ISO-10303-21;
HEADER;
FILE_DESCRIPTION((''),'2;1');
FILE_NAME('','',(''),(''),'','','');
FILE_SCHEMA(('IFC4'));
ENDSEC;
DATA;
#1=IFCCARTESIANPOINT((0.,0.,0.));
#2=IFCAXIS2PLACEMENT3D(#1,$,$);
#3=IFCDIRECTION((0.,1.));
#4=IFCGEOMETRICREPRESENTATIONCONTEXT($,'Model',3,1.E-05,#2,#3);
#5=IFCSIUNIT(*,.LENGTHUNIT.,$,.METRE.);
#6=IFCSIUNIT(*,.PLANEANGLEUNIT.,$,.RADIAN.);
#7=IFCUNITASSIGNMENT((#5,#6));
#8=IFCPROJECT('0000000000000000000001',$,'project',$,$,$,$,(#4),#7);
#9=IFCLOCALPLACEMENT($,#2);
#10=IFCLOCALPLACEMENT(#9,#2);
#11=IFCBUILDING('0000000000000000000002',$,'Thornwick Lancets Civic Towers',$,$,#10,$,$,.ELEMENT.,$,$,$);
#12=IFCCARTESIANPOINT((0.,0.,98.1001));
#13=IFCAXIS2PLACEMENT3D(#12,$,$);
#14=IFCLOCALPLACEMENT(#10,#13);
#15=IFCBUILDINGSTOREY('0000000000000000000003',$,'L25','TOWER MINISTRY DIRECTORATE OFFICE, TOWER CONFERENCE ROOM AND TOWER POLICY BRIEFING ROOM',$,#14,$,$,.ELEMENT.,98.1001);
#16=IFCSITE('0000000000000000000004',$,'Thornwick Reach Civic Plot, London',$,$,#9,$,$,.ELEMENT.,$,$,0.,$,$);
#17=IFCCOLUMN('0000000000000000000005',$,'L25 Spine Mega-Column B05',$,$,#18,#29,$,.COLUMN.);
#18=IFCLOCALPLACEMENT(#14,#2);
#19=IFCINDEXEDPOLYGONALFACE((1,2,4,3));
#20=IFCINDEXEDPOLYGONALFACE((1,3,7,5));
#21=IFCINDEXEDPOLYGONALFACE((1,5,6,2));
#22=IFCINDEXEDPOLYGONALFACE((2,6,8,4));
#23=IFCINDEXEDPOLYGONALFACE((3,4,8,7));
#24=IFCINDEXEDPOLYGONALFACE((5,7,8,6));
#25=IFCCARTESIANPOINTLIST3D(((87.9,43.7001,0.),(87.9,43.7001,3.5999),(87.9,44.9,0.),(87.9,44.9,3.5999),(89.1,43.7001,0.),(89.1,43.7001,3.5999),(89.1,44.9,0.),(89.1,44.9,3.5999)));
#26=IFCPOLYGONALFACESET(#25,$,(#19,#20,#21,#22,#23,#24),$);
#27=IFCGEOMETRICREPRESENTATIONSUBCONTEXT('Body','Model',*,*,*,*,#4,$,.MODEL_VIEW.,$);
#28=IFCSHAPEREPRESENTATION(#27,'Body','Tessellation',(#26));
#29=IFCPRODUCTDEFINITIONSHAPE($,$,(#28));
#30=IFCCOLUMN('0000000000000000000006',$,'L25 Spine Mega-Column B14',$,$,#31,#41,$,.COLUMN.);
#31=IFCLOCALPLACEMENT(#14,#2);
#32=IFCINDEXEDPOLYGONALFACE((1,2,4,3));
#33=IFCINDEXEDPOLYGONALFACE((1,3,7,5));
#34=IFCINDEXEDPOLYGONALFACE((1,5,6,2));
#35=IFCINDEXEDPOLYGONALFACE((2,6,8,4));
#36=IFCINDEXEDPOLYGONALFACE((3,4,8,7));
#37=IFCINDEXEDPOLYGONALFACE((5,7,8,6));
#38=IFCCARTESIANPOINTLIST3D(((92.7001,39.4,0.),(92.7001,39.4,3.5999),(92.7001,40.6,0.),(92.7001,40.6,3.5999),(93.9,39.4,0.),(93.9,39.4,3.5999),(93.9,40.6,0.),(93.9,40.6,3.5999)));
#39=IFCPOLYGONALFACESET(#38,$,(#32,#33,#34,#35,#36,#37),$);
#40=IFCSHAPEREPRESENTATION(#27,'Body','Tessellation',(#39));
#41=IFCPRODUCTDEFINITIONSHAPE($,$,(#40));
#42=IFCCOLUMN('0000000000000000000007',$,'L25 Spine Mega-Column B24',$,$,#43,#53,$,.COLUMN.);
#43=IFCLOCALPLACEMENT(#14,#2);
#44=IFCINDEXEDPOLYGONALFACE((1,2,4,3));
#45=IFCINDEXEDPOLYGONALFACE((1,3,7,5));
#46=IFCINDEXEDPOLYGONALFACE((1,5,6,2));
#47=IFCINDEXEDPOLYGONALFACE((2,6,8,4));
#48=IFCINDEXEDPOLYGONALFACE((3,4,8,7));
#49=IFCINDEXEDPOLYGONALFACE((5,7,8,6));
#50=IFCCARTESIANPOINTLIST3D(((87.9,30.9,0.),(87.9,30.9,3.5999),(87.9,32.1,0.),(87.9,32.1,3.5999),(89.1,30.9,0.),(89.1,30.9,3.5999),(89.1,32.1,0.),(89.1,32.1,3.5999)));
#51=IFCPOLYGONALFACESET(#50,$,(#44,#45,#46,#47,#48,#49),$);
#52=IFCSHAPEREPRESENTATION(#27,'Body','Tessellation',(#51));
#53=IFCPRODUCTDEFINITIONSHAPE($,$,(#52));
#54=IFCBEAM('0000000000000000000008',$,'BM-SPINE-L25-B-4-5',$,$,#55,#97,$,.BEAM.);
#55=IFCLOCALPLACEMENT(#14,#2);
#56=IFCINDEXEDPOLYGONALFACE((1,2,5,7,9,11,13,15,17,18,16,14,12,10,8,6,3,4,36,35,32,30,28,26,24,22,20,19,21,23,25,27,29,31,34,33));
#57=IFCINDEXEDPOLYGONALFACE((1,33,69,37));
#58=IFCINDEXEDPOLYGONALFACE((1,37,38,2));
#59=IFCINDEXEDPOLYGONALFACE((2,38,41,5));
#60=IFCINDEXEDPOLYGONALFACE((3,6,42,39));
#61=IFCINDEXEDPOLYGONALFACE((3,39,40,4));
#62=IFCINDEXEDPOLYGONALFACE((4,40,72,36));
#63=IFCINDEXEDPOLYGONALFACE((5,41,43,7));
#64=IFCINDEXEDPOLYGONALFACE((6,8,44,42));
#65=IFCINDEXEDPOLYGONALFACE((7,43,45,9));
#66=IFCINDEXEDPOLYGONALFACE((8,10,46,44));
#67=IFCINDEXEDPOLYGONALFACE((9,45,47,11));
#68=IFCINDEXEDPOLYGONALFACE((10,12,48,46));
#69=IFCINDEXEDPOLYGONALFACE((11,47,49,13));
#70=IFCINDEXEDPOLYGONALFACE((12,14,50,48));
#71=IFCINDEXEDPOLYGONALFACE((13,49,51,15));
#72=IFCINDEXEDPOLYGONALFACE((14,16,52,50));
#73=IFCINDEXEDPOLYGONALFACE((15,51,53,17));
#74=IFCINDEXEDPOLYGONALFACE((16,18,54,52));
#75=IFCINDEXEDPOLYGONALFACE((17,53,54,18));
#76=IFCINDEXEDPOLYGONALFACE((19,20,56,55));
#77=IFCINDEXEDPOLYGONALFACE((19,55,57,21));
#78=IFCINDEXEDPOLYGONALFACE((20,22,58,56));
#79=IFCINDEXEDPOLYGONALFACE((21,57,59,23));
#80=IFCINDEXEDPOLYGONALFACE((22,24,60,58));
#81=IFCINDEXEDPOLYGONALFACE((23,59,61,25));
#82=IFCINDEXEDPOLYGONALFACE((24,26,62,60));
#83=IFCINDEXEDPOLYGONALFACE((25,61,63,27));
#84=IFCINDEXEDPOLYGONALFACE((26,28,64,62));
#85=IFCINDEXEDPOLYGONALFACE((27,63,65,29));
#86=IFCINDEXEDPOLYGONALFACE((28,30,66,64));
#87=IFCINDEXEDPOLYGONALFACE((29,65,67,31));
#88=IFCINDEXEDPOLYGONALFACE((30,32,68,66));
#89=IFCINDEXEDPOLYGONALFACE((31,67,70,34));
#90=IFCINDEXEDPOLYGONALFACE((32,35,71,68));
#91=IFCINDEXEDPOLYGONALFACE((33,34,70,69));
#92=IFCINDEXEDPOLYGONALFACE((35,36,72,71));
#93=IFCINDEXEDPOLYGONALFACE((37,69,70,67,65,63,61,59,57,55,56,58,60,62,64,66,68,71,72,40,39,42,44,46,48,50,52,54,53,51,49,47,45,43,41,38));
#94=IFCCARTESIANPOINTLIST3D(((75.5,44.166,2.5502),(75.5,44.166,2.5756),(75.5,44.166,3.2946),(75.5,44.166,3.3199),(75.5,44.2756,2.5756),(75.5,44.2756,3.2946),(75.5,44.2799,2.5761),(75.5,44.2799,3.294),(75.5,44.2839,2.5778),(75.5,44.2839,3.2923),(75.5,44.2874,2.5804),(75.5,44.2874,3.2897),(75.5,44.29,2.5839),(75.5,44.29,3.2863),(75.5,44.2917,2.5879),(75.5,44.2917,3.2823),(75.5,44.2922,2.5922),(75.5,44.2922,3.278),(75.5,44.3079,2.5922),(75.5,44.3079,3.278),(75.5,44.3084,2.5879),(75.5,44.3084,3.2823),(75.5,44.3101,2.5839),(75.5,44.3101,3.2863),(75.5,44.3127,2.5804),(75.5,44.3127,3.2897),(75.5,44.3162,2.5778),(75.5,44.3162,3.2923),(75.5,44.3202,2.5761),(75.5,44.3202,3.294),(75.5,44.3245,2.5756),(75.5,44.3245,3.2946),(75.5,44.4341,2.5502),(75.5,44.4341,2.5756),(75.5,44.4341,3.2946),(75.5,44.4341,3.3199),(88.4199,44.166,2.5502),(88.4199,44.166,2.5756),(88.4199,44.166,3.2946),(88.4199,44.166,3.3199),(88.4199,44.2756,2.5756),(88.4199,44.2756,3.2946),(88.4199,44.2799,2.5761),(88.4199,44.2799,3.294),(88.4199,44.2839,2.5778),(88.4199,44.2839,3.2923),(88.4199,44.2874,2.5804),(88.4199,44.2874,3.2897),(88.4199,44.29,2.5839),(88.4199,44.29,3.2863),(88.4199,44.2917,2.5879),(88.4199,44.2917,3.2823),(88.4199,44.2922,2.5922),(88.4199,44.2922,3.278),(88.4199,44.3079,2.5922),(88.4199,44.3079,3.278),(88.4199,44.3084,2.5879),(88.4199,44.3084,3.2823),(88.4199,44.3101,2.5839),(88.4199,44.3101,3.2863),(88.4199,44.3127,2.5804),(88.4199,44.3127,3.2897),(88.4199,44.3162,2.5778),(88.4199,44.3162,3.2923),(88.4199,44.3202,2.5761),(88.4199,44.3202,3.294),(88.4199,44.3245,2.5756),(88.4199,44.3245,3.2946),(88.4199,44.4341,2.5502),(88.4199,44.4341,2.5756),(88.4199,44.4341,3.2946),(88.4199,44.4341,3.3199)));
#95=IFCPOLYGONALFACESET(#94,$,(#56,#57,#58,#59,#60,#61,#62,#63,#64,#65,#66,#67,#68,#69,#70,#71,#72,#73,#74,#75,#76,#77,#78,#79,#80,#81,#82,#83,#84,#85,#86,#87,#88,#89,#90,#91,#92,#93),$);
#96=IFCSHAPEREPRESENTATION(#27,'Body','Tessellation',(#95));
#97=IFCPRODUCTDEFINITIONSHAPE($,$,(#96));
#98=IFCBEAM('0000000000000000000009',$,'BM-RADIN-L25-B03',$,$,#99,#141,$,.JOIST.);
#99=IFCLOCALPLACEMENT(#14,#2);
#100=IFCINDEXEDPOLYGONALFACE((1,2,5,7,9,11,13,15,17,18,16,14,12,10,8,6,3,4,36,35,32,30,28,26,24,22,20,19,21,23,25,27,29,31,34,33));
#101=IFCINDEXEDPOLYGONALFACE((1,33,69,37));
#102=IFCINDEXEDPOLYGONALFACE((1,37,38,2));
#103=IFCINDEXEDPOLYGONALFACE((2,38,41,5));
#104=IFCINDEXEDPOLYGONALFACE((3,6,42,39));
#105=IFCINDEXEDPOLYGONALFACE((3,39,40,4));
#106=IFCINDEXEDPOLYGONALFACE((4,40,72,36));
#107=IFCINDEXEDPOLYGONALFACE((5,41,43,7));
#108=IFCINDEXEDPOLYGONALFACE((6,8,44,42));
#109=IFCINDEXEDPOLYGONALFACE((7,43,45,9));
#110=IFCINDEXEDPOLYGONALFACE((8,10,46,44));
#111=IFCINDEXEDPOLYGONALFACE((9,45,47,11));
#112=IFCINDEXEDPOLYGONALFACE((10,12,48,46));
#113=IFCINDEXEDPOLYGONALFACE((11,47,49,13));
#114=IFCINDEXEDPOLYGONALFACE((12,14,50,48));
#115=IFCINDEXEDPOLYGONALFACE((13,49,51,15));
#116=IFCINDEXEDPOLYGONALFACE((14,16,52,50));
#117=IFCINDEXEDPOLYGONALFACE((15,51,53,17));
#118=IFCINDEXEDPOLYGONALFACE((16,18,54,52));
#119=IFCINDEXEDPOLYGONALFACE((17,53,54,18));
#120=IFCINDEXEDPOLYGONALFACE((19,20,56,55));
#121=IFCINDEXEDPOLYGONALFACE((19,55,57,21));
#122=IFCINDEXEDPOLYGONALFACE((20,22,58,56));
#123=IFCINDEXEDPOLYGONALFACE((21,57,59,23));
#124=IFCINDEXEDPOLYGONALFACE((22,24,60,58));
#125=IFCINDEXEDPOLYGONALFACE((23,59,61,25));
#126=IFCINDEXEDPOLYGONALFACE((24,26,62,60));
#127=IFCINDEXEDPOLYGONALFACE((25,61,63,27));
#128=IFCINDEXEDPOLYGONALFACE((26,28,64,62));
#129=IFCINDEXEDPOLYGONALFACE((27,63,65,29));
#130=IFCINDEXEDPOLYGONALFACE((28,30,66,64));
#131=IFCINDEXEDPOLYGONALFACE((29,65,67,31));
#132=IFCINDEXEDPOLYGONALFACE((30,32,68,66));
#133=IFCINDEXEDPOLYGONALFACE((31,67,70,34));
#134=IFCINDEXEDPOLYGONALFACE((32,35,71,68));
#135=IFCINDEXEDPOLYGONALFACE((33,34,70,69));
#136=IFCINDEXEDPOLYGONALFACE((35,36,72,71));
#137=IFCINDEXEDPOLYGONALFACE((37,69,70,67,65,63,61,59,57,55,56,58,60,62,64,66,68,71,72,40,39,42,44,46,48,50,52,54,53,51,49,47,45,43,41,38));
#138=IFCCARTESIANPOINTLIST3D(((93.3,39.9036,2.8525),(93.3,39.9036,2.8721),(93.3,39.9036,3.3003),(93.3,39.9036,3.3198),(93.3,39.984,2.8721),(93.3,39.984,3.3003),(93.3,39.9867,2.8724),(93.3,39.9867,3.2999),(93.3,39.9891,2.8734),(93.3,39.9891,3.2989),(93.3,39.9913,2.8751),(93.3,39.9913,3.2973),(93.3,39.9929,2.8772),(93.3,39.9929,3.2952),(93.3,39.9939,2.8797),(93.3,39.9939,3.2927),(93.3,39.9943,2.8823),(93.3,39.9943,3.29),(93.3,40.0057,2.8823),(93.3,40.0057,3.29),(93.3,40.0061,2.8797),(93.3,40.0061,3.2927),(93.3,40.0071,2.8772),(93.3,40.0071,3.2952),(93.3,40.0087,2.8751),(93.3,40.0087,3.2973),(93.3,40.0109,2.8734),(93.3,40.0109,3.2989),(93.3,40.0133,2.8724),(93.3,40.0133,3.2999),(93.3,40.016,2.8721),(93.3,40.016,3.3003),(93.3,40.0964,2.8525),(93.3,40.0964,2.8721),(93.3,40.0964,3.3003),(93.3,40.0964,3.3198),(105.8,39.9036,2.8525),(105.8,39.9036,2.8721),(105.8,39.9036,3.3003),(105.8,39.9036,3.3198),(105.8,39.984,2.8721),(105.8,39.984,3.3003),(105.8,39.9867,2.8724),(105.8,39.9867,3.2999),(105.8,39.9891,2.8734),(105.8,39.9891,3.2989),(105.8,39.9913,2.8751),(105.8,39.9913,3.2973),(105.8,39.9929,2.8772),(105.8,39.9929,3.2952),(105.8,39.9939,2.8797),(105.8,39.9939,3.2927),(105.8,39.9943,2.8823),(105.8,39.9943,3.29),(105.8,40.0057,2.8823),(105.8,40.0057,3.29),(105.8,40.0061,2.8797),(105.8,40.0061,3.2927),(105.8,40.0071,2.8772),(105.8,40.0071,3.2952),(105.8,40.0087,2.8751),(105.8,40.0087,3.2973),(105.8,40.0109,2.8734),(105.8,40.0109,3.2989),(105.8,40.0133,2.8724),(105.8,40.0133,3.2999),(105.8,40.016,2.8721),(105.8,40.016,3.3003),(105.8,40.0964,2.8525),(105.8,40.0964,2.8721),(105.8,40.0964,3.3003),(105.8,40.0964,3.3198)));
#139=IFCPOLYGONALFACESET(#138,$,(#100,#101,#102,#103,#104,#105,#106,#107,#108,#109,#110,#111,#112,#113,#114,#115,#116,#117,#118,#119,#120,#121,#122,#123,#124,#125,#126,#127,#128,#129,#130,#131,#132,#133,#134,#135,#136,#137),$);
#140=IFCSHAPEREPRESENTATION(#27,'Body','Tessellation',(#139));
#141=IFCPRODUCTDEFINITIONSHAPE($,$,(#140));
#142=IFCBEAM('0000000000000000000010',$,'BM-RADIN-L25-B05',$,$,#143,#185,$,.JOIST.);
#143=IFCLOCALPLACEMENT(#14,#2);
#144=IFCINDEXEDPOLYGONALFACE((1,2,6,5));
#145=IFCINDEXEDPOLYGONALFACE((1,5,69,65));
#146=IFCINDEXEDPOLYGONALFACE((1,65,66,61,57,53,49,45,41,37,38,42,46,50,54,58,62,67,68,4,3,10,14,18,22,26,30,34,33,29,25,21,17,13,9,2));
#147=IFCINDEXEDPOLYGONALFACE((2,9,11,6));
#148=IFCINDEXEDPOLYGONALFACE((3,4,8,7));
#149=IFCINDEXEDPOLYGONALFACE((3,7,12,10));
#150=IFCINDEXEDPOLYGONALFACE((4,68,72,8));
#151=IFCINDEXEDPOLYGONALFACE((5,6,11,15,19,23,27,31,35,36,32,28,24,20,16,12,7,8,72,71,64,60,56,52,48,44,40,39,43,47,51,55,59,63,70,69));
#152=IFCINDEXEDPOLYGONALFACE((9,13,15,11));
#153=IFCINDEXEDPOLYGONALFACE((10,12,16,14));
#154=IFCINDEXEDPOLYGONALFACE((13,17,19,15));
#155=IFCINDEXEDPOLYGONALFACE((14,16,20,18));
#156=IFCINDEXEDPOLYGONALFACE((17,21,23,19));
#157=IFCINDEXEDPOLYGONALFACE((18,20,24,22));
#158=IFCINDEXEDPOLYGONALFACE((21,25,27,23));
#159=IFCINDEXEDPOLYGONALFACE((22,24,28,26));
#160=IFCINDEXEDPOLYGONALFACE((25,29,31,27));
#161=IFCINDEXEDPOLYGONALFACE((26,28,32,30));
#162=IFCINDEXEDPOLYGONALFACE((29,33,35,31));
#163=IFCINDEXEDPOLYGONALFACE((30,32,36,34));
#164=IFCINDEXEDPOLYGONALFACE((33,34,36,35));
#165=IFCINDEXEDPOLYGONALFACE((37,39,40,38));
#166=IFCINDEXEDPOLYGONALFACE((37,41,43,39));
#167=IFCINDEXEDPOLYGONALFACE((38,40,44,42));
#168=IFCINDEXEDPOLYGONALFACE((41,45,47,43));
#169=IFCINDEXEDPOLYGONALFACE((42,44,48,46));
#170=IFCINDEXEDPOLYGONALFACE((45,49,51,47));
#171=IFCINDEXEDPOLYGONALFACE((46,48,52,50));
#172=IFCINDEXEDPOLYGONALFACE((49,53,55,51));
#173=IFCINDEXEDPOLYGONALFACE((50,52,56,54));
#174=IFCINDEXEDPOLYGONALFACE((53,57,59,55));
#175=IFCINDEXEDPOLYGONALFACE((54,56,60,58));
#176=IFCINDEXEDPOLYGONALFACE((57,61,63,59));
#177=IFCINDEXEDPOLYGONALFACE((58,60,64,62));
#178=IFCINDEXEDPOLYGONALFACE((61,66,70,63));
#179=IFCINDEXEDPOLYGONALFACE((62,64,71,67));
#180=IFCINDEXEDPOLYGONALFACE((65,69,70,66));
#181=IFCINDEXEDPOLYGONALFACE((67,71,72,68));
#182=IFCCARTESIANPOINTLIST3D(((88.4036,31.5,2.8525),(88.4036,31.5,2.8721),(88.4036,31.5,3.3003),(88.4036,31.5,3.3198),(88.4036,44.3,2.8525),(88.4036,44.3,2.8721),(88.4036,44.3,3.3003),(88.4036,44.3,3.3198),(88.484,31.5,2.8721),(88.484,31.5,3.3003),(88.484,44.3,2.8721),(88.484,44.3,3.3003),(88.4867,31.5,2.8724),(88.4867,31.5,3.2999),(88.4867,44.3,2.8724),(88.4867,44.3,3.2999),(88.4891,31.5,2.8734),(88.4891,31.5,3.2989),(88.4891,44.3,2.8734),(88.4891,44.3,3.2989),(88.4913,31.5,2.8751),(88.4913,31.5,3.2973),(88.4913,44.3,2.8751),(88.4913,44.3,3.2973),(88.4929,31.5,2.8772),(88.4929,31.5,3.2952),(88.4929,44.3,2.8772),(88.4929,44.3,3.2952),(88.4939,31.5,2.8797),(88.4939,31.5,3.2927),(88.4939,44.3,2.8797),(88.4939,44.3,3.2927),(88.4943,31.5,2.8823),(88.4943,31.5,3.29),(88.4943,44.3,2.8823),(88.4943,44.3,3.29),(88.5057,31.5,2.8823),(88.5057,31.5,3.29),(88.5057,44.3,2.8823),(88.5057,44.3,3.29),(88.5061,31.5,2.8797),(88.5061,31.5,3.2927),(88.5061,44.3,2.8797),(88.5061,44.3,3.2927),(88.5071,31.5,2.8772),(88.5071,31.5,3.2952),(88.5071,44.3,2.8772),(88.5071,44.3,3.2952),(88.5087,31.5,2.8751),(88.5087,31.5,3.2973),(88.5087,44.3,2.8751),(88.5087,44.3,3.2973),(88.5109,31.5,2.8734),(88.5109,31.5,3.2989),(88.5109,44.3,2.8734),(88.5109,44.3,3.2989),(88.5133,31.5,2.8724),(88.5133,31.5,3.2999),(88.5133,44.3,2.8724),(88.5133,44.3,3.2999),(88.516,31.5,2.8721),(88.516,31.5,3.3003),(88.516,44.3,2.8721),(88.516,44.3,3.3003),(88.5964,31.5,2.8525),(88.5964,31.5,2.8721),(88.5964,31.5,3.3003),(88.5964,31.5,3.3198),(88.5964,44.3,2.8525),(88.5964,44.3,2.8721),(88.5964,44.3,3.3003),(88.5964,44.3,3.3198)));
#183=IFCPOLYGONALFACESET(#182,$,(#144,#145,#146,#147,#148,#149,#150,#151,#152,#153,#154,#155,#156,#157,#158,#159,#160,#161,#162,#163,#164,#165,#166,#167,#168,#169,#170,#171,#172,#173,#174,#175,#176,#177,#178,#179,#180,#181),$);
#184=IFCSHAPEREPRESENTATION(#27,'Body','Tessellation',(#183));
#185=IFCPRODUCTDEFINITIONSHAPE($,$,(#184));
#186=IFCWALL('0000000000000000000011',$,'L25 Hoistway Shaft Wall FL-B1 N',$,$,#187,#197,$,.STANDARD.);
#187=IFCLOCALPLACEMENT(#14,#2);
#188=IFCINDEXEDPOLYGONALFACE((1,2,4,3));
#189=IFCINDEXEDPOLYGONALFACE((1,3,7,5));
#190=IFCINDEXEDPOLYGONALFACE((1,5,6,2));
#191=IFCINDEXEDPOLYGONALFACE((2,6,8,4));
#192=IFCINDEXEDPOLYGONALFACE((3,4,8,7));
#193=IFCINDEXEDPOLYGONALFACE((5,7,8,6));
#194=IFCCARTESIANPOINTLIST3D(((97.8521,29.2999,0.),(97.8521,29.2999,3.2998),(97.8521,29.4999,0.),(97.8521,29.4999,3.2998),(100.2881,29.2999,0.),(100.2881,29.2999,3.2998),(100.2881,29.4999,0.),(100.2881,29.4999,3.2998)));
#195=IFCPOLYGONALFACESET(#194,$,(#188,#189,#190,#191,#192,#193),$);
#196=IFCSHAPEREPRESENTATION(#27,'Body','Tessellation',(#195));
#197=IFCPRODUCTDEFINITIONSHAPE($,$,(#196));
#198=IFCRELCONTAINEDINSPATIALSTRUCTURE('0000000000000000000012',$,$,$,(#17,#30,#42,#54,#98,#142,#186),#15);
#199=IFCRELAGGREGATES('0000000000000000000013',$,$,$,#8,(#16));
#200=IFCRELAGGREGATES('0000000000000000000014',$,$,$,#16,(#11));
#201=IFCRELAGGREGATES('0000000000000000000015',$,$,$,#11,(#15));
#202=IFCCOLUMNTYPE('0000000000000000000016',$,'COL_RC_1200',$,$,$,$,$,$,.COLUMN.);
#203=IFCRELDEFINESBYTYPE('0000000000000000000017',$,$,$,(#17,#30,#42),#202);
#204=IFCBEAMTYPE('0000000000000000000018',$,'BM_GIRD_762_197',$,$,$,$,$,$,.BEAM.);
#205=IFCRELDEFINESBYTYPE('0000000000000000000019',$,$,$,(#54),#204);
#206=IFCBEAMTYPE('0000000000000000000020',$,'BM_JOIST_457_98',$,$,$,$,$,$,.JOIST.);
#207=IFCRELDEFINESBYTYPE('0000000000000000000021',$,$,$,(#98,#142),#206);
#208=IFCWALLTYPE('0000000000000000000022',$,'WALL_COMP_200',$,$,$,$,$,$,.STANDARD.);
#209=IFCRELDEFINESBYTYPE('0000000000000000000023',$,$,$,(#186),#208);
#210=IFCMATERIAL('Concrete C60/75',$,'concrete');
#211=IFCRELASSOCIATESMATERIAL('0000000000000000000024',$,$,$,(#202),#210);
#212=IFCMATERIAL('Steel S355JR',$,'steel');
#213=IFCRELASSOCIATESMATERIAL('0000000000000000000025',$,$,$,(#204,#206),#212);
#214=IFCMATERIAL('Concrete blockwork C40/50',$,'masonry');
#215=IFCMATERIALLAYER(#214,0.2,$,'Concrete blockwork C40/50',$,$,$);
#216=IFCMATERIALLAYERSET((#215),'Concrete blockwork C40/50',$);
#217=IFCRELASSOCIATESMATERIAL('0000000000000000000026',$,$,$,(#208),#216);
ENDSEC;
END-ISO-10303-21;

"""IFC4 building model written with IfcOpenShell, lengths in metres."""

from ifc_helpers import new_model, si_unit, direction, frame, frame_2d, origin, origin_2d, place, context, subcontext, project, spatial, rectangle, i_section, extrude, material, layer, layer_set, material_profile, profile_set, type_object, element, save


model = new_model("IFC4")

# Units and contexts
model_context = context("Model", 3, precision=1e-05, world=origin(), true_north=direction((0.0, 1.0)))
body_context = subcontext(model_context, "Body", "Model", "MODEL_VIEW")
ifc_project = project(units=[si_unit("LENGTHUNIT", "METRE"), si_unit("PLANEANGLEUNIT", "RADIAN")], contexts=[model_context])

# Site, building, storey
site_placement = place(None, origin())
site = spatial("IfcSite", under=ifc_project, at=site_placement, Name="Thornwick Reach Civic Plot, London", CompositionType="ELEMENT", RefElevation=0.0)
building_placement = place(site_placement, origin())
building = spatial("IfcBuilding", under=site, at=building_placement, Name="Thornwick Lancets Civic Towers", CompositionType="ELEMENT")
storey_placement = place(building_placement, frame((0.0, 0.0, 98.1001)))
storey = spatial("IfcBuildingStorey", under=building, at=storey_placement, Name="L25", Description="TOWER MINISTRY DIRECTORATE OFFICE, TOWER CONFERENCE ROOM AND TOWER POLICY BRIEFING ROOM", CompositionType="ELEMENT", Elevation=98.1001)

# Columns
ifc_material_1 = material(Name="Concrete C60/75", Category="concrete")
ifc_material_profile_1 = material_profile(ifc_material_1, rectangle(XDim=1.2, YDim=1.2, at=origin_2d()), Name="RC 1200x1200")
ifc_profile_set_1 = profile_set([ifc_material_profile_1], Name="Concrete C60/75")
column_type = type_object("IfcColumnType", Name="COL_RC_1200", PredefinedType="COLUMN", material=ifc_profile_set_1)
for number, where, z_axis, x_axis, name in (
    (1, (88.5, 44.3, 0.0), (0.0, 0.0, 1.0), (1.0, 0.0, 0.0), "L25 Spine Mega-Column B05"),
    (2, (93.3, 40.0, 0.0), (0.0, 0.0, 1.0), (1.0, 0.0, 0.0), "L25 Spine Mega-Column B14"),
    (3, (88.5, 31.5, 0.0), (0.0, 0.0, 1.0), (1.0, 0.0, 0.0), "L25 Spine Mega-Column B24"),
):
    element("IfcColumn", number, at=place(storey_placement, frame(where, z_axis=z_axis, x_axis=x_axis)), inside=storey, type_object=column_type, Name=name, PredefinedType="COLUMN", context=body_context, shape_type="SweptSolid", body=[
        extrude(rectangle(XDim=1.2, YDim=1.2, at=origin_2d()), origin(), (0.0, 0.0, 1.0), 3.5999),
    ])

# Beams
ifc_material_2 = material(Name="Steel S355JR", Category="steel")
ifc_material_profile_2 = material_profile(ifc_material_2, i_section(OverallWidth=0.2681, OverallDepth=0.7698, WebThickness=0.0156, FlangeThickness=0.0254, FilletRadius=0.0166, at=origin_2d()), Name="UKB 762x267x197")
ifc_profile_set_2 = profile_set([ifc_material_profile_2], Name="Steel S355JR")
beam_type_1 = type_object("IfcBeamType", Name="BM_GIRD_762_197", PredefinedType="BEAM", material=ifc_profile_set_2)
beam_1_placement = place(storey_placement, frame((88.4199, 44.3, 2.9351), z_axis=(-1.0, 0.0, 0.0), x_axis=(0.0, -1.0, 0.0)))
element("IfcBeam", 4, at=beam_1_placement, inside=storey, type_object=beam_type_1, Name="BM-SPINE-L25-B-4-5", PredefinedType="BEAM", context=body_context, shape_type="SweptSolid", body=[
    extrude(i_section(OverallWidth=0.2681, OverallDepth=0.7698, WebThickness=0.0156, FlangeThickness=0.0254, FilletRadius=0.0166, at=origin_2d()), origin(), (0.0, 0.0, 1.0), 12.9199),
])
ifc_material_profile_3 = material_profile(ifc_material_2, i_section(OverallWidth=0.1929, OverallDepth=0.4673, WebThickness=0.0115, FlangeThickness=0.0195, FilletRadius=0.0103, at=origin_2d()), Name="UKB 457x191x98")
ifc_profile_set_3 = profile_set([ifc_material_profile_3], Name="Steel S355JR")
beam_type_2 = type_object("IfcBeamType", Name="BM_JOIST_457_98", PredefinedType="JOIST", material=ifc_profile_set_3)
beam_2_placement = place(storey_placement, frame((93.3, 40.0, 3.0862), z_axis=(1.0, 0.0, 0.0), x_axis=(0.0, 1.0, 0.0)))
element("IfcBeam", 5, at=beam_2_placement, inside=storey, type_object=beam_type_2, Name="BM-RADIN-L25-B03", PredefinedType="JOIST", context=body_context, shape_type="SweptSolid", body=[
    extrude(i_section(OverallWidth=0.1929, OverallDepth=0.4673, WebThickness=0.0115, FlangeThickness=0.0195, FilletRadius=0.0103, at=origin_2d()), origin(), (0.0, 0.0, 1.0), 12.5),
])
beam_3_placement = place(storey_placement, frame((88.5, 31.5, 3.0862), z_axis=(0.0, 1.0, 0.0), x_axis=(-1.0, 0.0, 0.0)))
element("IfcBeam", 6, at=beam_3_placement, inside=storey, type_object=beam_type_2, Name="BM-RADIN-L25-B05", PredefinedType="JOIST", context=body_context, shape_type="SweptSolid", body=[
    extrude(i_section(OverallWidth=0.1929, OverallDepth=0.4673, WebThickness=0.0115, FlangeThickness=0.0195, FilletRadius=0.0103, at=origin_2d()), origin(), (0.0, 0.0, 1.0), 12.8),
])

# Wall
ifc_material_3 = material(Name="Concrete blockwork C40/50", Category="masonry")
ifc_layer_1 = layer(ifc_material_3, 0.2, Name="Concrete blockwork C40/50")
ifc_layer_set_1 = layer_set([ifc_layer_1], Name="Concrete blockwork C40/50")
wall_type_1 = type_object("IfcWallType", Name="WALL_COMP_200", PredefinedType="STANDARD", material=ifc_layer_set_1)
for number, where, z_axis, x_axis, name in (
    (7, (97.8521, 29.3999, 0.0), (0.0, 0.0, 1.0), (1.0, 0.0, 0.0), "L25 Hoistway Shaft Wall FL-B1 N"),
):
    element("IfcWall", number, at=place(storey_placement, frame(where, z_axis=z_axis, x_axis=x_axis)), inside=storey, type_object=wall_type_1, Name=name, PredefinedType="STANDARD", context=body_context, shape_type="SweptSolid", body=[
        extrude(rectangle(XDim=2.436, YDim=0.2, at=frame_2d((1.218, 0.0))), origin(), (0.0, 0.0, 1.0), 3.2998),
    ])

save(model, "model.ifc")
